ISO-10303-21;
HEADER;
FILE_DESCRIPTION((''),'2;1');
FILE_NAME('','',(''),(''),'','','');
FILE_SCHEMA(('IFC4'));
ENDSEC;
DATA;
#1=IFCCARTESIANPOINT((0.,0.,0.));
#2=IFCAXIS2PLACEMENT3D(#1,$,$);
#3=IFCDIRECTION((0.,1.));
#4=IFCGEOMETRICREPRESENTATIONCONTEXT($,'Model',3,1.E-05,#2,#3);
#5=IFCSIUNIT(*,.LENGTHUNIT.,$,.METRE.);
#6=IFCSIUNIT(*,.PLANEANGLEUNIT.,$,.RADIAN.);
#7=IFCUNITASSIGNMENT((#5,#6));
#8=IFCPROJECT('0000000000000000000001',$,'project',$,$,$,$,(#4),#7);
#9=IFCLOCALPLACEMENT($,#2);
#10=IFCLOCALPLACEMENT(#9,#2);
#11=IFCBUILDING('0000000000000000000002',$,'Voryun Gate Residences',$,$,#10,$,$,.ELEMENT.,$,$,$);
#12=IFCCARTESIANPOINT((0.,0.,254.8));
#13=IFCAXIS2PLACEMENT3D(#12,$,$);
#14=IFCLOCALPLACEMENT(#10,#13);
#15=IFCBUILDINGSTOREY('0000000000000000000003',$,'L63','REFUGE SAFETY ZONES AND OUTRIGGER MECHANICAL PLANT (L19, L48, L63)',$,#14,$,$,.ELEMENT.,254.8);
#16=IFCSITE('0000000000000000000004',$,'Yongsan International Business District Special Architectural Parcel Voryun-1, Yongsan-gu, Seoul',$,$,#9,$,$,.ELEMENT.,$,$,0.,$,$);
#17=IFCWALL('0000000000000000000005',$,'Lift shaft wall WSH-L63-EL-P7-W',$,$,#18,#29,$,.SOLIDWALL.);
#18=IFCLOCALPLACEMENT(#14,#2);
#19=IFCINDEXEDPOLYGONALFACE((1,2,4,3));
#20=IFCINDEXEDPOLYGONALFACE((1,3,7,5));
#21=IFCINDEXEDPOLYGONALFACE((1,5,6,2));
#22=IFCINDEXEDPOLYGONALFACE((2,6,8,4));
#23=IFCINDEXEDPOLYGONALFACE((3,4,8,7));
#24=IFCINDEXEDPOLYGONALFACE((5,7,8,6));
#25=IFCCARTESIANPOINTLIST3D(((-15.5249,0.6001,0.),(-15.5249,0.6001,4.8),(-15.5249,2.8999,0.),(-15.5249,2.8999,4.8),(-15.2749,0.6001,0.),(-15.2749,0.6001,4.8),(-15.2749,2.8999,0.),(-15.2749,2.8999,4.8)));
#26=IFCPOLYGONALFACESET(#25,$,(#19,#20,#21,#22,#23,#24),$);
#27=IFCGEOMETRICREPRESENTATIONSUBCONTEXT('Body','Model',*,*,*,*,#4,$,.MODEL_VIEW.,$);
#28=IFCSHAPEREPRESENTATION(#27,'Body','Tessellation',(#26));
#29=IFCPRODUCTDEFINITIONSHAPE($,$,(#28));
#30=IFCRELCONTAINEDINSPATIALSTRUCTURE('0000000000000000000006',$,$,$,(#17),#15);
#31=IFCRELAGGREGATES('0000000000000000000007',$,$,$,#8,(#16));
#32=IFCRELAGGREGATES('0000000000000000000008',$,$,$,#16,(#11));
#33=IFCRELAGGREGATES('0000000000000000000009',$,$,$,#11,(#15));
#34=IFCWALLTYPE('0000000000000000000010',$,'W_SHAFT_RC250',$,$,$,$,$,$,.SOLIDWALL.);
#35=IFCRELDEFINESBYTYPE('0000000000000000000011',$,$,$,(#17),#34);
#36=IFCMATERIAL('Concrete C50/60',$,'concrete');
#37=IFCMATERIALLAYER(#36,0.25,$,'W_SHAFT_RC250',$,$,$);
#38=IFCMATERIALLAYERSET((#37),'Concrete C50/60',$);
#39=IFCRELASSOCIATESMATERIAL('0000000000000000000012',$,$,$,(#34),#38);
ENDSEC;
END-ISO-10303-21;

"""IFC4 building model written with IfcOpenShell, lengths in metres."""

from ifc_helpers import new_model, si_unit, direction, frame, frame_2d, origin, place, context, subcontext, project, spatial, rectangle, extrude, material, layer, layer_set, type_object, element, save


model = new_model("IFC4")

# Units and contexts
model_context = context("Model", 3, precision=1e-05, world=origin(), true_north=direction((0.0, 1.0)))
body_context = subcontext(model_context, "Body", "Model", "MODEL_VIEW")
ifc_project = project(units=[si_unit("LENGTHUNIT", "METRE"), si_unit("PLANEANGLEUNIT", "RADIAN")], contexts=[model_context])

# Site, building, storey
site_placement = place(None, origin())
site = spatial("IfcSite", under=ifc_project, at=site_placement, Name="Yongsan International Business District Special Architectural Parcel Voryun-1, Yongsan-gu, Seoul", CompositionType="ELEMENT", RefElevation=0.0)
building_placement = place(site_placement, origin())
building = spatial("IfcBuilding", under=site, at=building_placement, Name="Voryun Gate Residences", CompositionType="ELEMENT")
storey_placement = place(building_placement, frame((0.0, 0.0, 254.8)))
storey = spatial("IfcBuildingStorey", under=building, at=storey_placement, Name="L63", Description="REFUGE SAFETY ZONES AND OUTRIGGER MECHANICAL PLANT (L19, L48, L63)", CompositionType="ELEMENT", Elevation=254.8)

# Wall
ifc_material_1 = material(Name="Concrete C50/60", Category="concrete")
ifc_layer_1 = layer(ifc_material_1, 0.25, Name="W_SHAFT_RC250")
ifc_layer_set_1 = layer_set([ifc_layer_1], Name="Concrete C50/60")
wall_type_1 = type_object("IfcWallType", Name="W_SHAFT_RC250", PredefinedType="SOLIDWALL", material=ifc_layer_set_1)
wall_1_placement = place(storey_placement, frame((-15.3999, 2.8999, 0.0), z_axis=(0.0, 0.0, 1.0), x_axis=(0.0, -1.0, 0.0)))
element("IfcWall", 1, at=wall_1_placement, inside=storey, type_object=wall_type_1, Name="Lift shaft wall WSH-L63-EL-P7-W", PredefinedType="SOLIDWALL", context=body_context, shape_type="SweptSolid", body=[
    extrude(rectangle(XDim=2.2998, YDim=0.25, at=frame_2d((1.1499, 0.0))), origin(), (0.0, 0.0, 1.0), 4.8),
])

save(model, "model.ifc")
